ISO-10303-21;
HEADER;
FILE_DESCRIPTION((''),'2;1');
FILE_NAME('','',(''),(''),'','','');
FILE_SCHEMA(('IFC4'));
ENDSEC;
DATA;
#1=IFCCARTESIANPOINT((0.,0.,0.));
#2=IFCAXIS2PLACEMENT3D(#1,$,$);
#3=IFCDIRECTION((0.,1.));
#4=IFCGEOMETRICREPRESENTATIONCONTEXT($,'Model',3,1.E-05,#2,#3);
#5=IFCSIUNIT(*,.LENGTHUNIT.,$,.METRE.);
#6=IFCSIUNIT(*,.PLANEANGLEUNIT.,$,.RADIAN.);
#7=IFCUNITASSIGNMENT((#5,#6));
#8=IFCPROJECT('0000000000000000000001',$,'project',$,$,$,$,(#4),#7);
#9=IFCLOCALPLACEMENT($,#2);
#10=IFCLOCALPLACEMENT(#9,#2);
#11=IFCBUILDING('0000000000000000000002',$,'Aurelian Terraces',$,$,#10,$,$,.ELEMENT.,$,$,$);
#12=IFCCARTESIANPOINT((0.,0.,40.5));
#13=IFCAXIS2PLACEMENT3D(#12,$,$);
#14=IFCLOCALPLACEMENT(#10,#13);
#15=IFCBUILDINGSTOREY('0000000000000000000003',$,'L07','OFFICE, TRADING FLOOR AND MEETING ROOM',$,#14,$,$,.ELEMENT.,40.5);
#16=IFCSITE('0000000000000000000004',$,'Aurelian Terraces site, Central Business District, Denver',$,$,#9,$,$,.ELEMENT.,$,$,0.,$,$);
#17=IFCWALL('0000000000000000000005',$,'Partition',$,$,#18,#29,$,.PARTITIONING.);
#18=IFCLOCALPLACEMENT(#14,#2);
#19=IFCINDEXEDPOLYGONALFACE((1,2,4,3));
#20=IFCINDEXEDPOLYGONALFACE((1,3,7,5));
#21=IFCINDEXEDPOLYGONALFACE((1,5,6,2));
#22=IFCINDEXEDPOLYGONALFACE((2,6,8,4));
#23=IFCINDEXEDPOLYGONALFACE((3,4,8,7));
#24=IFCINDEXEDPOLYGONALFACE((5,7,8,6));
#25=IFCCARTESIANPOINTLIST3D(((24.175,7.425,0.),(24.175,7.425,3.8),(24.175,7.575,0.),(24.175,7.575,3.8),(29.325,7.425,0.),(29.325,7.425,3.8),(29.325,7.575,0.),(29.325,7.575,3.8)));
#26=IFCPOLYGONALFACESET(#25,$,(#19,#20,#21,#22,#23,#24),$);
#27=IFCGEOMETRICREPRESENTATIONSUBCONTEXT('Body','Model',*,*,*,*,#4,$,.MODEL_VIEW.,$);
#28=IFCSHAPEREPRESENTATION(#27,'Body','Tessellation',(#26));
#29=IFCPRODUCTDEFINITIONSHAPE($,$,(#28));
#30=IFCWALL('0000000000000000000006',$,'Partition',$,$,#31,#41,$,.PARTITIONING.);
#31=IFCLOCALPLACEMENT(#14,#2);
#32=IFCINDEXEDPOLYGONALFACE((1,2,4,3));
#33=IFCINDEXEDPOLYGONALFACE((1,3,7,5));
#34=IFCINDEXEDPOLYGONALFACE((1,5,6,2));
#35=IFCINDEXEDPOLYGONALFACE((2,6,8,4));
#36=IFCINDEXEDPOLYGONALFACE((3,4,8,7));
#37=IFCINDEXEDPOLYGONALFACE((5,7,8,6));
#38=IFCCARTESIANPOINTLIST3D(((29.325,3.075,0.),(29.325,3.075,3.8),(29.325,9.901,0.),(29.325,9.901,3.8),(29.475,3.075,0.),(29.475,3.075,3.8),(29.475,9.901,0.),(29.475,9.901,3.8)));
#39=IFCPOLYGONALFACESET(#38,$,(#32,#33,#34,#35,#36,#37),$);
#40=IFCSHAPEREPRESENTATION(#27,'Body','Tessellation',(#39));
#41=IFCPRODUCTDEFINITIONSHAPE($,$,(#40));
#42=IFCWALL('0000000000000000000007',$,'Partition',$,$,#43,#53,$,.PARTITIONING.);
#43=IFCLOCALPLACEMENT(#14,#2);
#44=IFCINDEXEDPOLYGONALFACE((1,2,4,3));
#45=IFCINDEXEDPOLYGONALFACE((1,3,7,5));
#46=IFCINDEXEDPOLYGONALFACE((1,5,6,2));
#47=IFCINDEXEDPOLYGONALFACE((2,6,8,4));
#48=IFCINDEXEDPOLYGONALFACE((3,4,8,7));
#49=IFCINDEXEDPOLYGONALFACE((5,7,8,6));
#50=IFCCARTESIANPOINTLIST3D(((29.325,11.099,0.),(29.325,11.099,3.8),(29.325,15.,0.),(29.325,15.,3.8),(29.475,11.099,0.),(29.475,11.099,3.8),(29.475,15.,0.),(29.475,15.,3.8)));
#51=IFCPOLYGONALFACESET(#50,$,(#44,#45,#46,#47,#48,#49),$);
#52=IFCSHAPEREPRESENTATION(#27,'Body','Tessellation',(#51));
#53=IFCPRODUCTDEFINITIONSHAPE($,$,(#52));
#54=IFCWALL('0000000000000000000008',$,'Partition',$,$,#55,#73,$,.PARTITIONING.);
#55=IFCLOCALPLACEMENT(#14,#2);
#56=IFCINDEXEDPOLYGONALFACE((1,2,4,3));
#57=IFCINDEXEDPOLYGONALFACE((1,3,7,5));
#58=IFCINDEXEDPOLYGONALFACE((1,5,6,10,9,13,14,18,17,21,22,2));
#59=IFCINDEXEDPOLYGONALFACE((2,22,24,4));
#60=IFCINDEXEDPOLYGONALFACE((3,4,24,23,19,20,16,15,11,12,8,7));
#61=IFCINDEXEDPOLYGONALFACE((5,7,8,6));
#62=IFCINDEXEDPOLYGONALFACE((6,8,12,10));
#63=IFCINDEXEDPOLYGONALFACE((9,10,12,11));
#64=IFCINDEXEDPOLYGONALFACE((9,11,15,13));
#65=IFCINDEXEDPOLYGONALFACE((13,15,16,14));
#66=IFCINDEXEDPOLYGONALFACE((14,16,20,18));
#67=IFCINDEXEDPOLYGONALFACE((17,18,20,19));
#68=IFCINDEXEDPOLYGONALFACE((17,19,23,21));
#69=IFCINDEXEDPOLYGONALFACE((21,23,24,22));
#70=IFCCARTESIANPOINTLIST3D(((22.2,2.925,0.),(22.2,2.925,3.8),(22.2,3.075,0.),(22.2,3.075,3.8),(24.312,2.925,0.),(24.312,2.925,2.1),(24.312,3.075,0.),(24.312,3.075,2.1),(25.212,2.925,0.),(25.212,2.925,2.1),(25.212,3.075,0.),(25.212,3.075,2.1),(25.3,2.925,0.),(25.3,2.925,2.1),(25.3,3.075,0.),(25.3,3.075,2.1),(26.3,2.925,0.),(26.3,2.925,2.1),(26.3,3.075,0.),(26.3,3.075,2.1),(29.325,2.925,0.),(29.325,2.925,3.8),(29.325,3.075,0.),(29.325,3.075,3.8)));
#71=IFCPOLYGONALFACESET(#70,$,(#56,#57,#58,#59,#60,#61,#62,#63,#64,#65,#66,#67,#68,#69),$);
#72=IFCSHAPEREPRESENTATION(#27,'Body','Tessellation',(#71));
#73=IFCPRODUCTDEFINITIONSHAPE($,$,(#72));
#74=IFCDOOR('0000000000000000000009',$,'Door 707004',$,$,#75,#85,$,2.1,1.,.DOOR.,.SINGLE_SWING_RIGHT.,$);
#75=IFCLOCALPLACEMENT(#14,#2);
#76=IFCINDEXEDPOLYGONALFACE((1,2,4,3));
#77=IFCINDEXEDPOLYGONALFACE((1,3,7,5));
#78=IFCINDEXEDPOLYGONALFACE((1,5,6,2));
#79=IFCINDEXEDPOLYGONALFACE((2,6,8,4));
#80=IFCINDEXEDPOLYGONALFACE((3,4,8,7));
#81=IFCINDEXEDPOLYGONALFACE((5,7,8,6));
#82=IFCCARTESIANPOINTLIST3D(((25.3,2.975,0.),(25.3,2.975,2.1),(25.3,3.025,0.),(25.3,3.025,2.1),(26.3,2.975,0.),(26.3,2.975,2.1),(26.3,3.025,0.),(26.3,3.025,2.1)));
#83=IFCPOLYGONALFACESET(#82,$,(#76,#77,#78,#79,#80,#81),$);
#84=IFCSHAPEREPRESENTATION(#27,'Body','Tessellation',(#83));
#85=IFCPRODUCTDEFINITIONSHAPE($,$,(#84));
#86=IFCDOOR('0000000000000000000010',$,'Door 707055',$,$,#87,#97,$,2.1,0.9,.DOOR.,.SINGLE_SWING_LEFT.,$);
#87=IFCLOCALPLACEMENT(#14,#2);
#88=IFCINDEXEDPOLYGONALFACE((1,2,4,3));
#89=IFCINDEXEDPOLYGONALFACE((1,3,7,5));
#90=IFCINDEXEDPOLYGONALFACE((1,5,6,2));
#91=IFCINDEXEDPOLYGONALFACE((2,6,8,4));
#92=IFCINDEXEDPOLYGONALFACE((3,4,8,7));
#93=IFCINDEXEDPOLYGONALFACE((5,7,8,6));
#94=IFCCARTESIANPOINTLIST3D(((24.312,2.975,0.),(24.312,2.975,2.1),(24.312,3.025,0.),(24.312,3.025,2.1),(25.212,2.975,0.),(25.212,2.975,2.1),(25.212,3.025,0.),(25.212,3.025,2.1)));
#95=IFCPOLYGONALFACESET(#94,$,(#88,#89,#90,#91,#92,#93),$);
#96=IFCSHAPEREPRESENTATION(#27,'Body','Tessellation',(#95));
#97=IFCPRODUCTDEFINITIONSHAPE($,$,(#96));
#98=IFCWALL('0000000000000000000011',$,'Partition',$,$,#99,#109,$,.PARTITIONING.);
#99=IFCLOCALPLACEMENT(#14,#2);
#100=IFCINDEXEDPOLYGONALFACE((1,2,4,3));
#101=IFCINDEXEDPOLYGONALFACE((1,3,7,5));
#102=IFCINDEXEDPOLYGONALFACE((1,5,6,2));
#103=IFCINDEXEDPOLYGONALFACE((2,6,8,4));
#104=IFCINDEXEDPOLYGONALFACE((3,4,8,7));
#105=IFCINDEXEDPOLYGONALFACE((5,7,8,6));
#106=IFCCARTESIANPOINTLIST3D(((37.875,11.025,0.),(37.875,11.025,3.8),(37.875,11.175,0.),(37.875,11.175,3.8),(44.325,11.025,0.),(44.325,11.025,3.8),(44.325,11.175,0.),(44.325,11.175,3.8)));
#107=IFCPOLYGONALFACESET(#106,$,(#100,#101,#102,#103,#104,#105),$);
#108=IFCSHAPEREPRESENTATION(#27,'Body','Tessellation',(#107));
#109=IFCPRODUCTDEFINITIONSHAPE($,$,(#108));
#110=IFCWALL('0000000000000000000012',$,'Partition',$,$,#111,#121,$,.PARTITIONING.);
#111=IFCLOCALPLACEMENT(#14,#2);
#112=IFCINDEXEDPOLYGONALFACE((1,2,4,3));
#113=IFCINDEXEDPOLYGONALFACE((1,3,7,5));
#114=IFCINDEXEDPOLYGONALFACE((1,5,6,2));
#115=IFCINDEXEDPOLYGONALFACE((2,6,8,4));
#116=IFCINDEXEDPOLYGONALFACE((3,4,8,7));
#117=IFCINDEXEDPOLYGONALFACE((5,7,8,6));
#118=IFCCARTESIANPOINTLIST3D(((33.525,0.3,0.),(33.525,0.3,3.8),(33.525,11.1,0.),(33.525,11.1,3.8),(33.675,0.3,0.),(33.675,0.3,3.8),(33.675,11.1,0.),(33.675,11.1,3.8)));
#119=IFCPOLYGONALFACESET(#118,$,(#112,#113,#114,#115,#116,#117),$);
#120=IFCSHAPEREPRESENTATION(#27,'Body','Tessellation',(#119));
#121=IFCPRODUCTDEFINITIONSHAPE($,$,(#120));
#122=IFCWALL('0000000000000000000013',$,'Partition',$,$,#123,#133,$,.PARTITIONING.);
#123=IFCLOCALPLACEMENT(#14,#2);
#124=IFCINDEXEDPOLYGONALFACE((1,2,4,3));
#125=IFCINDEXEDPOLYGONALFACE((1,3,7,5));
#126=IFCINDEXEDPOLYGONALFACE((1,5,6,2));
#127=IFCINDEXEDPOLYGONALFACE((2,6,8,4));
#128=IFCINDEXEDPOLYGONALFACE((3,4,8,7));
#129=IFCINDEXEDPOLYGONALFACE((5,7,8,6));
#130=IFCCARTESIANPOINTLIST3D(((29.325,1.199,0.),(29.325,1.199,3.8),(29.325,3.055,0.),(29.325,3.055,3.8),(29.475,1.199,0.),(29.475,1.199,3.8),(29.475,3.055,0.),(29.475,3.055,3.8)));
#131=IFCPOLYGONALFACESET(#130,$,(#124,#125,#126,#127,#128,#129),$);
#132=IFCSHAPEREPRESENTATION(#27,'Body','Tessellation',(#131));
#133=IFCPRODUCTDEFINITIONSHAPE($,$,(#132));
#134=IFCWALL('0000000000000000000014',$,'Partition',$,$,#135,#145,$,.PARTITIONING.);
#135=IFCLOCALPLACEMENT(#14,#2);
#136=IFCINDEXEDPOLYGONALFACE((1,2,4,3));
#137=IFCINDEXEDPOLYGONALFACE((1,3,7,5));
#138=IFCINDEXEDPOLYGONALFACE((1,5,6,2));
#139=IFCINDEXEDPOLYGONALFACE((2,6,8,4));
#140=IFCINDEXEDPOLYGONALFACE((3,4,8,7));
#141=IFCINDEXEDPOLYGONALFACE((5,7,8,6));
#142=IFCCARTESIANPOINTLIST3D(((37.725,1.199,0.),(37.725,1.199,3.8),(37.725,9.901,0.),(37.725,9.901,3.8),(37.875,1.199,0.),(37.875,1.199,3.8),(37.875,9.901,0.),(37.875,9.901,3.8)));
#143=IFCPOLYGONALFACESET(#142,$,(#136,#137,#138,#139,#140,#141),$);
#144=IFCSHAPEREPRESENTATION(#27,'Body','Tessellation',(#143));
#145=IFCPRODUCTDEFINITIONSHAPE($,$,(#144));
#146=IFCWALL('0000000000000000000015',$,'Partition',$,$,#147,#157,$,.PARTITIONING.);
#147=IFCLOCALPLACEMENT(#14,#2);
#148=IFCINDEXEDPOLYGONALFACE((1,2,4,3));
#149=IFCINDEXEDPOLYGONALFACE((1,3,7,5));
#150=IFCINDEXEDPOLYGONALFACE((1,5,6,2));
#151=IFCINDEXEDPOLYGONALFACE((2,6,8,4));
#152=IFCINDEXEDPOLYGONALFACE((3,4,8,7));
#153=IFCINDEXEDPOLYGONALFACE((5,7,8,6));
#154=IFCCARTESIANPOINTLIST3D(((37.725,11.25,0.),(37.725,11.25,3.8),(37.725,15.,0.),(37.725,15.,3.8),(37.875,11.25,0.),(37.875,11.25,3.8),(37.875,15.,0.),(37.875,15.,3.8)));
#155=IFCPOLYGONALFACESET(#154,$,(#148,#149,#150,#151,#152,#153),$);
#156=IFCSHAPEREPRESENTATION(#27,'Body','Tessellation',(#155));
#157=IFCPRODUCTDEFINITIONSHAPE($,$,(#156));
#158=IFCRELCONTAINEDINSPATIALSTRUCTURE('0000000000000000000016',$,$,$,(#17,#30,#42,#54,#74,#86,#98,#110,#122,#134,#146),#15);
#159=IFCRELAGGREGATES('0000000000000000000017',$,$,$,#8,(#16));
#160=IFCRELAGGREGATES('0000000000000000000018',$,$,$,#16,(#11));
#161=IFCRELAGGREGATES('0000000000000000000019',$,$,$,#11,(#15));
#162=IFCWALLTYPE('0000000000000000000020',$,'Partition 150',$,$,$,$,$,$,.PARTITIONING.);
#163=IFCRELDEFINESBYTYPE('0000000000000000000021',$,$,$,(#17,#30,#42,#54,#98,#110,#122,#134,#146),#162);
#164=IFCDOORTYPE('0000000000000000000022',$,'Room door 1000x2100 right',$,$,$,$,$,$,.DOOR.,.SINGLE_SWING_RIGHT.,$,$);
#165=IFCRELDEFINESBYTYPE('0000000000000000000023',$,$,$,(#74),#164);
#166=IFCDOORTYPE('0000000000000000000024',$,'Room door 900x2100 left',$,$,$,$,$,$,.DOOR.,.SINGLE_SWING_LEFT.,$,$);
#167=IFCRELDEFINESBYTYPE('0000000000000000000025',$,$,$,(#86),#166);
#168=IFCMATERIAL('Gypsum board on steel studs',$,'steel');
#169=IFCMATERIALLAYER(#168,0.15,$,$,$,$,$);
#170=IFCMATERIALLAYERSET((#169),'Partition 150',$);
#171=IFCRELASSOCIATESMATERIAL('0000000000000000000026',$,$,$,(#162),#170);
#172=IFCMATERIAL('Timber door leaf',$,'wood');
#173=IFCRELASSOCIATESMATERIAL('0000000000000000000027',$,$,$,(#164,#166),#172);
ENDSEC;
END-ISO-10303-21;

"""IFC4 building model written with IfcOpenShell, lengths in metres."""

from ifc_helpers import new_model, si_unit, direction, frame, frame_2d, origin, place, context, subcontext, project, spatial, rectangle, extrude, source, transform, mapped, material, layer, layer_set, type_object, element, fill, save


model = new_model("IFC4")

# Units and contexts
model_context = context("Model", 3, precision=1e-05, world=origin(), true_north=direction((0.0, 1.0)))
body_context = subcontext(model_context, "Body", "Model", "MODEL_VIEW")
ifc_project = project(units=[si_unit("LENGTHUNIT", "METRE"), si_unit("PLANEANGLEUNIT", "RADIAN")], contexts=[model_context])

# Site, building, storey
site_placement = place(None, origin())
site = spatial("IfcSite", under=ifc_project, at=site_placement, Name="Aurelian Terraces site, Central Business District, Denver", CompositionType="ELEMENT", RefElevation=0.0)
building_placement = place(site_placement, origin())
building = spatial("IfcBuilding", under=site, at=building_placement, Name="Aurelian Terraces", CompositionType="ELEMENT")
storey_placement = place(building_placement, frame((0.0, 0.0, 40.5)))
storey = spatial("IfcBuildingStorey", under=building, at=storey_placement, Name="L07", Description="OFFICE, TRADING FLOOR AND MEETING ROOM", CompositionType="ELEMENT", Elevation=40.5)

# Walls
ifc_material_1 = material(Name="Gypsum board on steel studs", Category="steel")
ifc_layer_1 = layer(ifc_material_1, 0.15)
ifc_layer_set_1 = layer_set([ifc_layer_1], Name="Partition 150")
wall_type_1 = type_object("IfcWallType", Name="Partition 150", PredefinedType="PARTITIONING", material=ifc_layer_set_1)
wall_1_placement = place(storey_placement, frame((29.325, 7.5, 0.0), z_axis=(0.0, 0.0, 1.0), x_axis=(-1.0, 0.0, 0.0)))
element("IfcWall", 1, at=wall_1_placement, inside=storey, type_object=wall_type_1, Name="Partition", PredefinedType="PARTITIONING", context=body_context, shape_type="SweptSolid", body=[
    extrude(rectangle(XDim=5.15, YDim=0.15, at=frame_2d((2.575, 0.0))), origin(), (0.0, 0.0, 1.0), 3.8),
])
wall_2_placement = place(storey_placement, frame((29.4, 3.075, 0.0), z_axis=(0.0, 0.0, 1.0), x_axis=(0.0, 1.0, 0.0)))
element("IfcWall", 2, at=wall_2_placement, inside=storey, type_object=wall_type_1, Name="Partition", PredefinedType="PARTITIONING", context=body_context, shape_type="SweptSolid", body=[
    extrude(rectangle(XDim=6.826, YDim=0.15, at=frame_2d((3.413, 0.0))), origin(), (0.0, 0.0, 1.0), 3.8),
])
wall_3_placement = place(storey_placement, frame((29.4, 11.099, 0.0), z_axis=(0.0, 0.0, 1.0), x_axis=(0.0, 1.0, 0.0)))
element("IfcWall", 3, at=wall_3_placement, inside=storey, type_object=wall_type_1, Name="Partition", PredefinedType="PARTITIONING", context=body_context, shape_type="SweptSolid", body=[
    extrude(rectangle(XDim=3.901, YDim=0.15, at=frame_2d((1.9505, 0.0))), origin(), (0.0, 0.0, 1.0), 3.8),
])

# Wall, openings, doors
wall_4_placement = place(storey_placement, frame((22.2, 3.0, 0.0), z_axis=(0.0, 0.0, 1.0), x_axis=(1.0, 0.0, 0.0)))
wall_4 = element("IfcWall", 4, at=wall_4_placement, inside=storey, type_object=wall_type_1, Name="Partition", PredefinedType="PARTITIONING", context=body_context, shape_type="SweptSolid", body=[
    extrude(rectangle(XDim=7.125, YDim=0.15, at=frame_2d((3.5625, 0.0))), origin(), (0.0, 0.0, 1.0), 3.8),
])
opening_1_placement = place(wall_4_placement, frame((3.1, 0.0, 0.0)))
opening_1 = element("IfcOpeningElement", 5, at=opening_1_placement, cuts=wall_4, PredefinedType="OPENING", context=body_context, shape_type="SweptSolid", body=[
    extrude(rectangle(XDim=1.0, YDim=2.1, at=frame_2d((0.5, 1.05))), frame((0.0, 0.085, 0.0), z_axis=(0.0, -1.0, 0.0), x_axis=(1.0, 0.0, 0.0)), (0.0, 0.0, 1.0), 0.17),
])
shared_shape_1 = source(origin(), body_context, "Body", "SweptSolid", [
    extrude(rectangle(XDim=0.9, YDim=2.1, at=frame_2d((0.45, 1.05))), frame((0.0, 0.085, 0.0), z_axis=(0.0, -1.0, 0.0), x_axis=(1.0, 0.0, 0.0)), (0.0, 0.0, 1.0), 0.17),
])
opening_2_placement = place(wall_4_placement, frame((2.112, 0.0, 0.0)))
opening_2 = element("IfcOpeningElement", 6, at=opening_2_placement, cuts=wall_4, PredefinedType="OPENING", context=body_context, shape_type="MappedRepresentation", body=[
    mapped(shared_shape_1, transform((0.0, 0.0, 0.0), scale=1.0)),
])
ifc_material_2 = material(Name="Timber door leaf", Category="wood")
door_type_1 = type_object("IfcDoorType", Name="Room door 1000x2100 right", OperationType="SINGLE_SWING_RIGHT", PredefinedType="DOOR", material=ifc_material_2)
shared_shape_2 = source(origin(), body_context, "Body", "SweptSolid", [
    extrude(rectangle(XDim=1.0, YDim=2.1, at=frame_2d((0.5, 1.05))), frame((0.0, 0.025, 0.0), z_axis=(0.0, -1.0, 0.0), x_axis=(1.0, 0.0, 0.0)), (0.0, 0.0, 1.0), 0.05),
])
door_1_placement = place(opening_1_placement, origin())
door_1 = element("IfcDoor", 7, at=door_1_placement, inside=storey, type_object=door_type_1, Name="Door 707004", OperationType="SINGLE_SWING_RIGHT", OverallHeight=2.1, OverallWidth=1.0, PredefinedType="DOOR", context=body_context, shape_type="MappedRepresentation", body=[
    mapped(shared_shape_2, transform((0.0, 0.0, 0.0), scale=1.0)),
])
fill(opening_1, door_1)
door_type_2 = type_object("IfcDoorType", Name="Room door 900x2100 left", OperationType="SINGLE_SWING_LEFT", PredefinedType="DOOR", material=ifc_material_2)
shared_shape_3 = source(origin(), body_context, "Body", "SweptSolid", [
    extrude(rectangle(XDim=0.9, YDim=2.1, at=frame_2d((0.45, 1.05))), frame((0.0, 0.025, 0.0), z_axis=(0.0, -1.0, 0.0), x_axis=(1.0, 0.0, 0.0)), (0.0, 0.0, 1.0), 0.05),
])
door_2_placement = place(opening_2_placement, origin())
door_2 = element("IfcDoor", 8, at=door_2_placement, inside=storey, type_object=door_type_2, Name="Door 707055", OperationType="SINGLE_SWING_LEFT", OverallHeight=2.1, OverallWidth=0.9, PredefinedType="DOOR", context=body_context, shape_type="MappedRepresentation", body=[
    mapped(shared_shape_3, transform((0.0, 0.0, 0.0), scale=1.0)),
])
fill(opening_2, door_2)

# Walls
wall_5_placement = place(storey_placement, frame((37.875, 11.1, 0.0), z_axis=(0.0, 0.0, 1.0), x_axis=(1.0, 0.0, 0.0)))
element("IfcWall", 9, at=wall_5_placement, inside=storey, type_object=wall_type_1, Name="Partition", PredefinedType="PARTITIONING", context=body_context, shape_type="SweptSolid", body=[
    extrude(rectangle(XDim=6.45, YDim=0.15, at=frame_2d((3.225, 0.0))), origin(), (0.0, 0.0, 1.0), 3.8),
])
wall_6_placement = place(storey_placement, frame((33.6, 0.3, 0.0), z_axis=(0.0, 0.0, 1.0), x_axis=(0.0, 1.0, 0.0)))
element("IfcWall", 10, at=wall_6_placement, inside=storey, type_object=wall_type_1, Name="Partition", PredefinedType="PARTITIONING", context=body_context, shape_type="SweptSolid", body=[
    extrude(rectangle(XDim=10.8, YDim=0.15, at=frame_2d((5.4, 0.0))), origin(), (0.0, 0.0, 1.0), 3.8),
])
wall_7_placement = place(storey_placement, frame((29.4, 1.199, 0.0), z_axis=(0.0, 0.0, 1.0), x_axis=(0.0, 1.0, 0.0)))
element("IfcWall", 11, at=wall_7_placement, inside=storey, type_object=wall_type_1, Name="Partition", PredefinedType="PARTITIONING", context=body_context, shape_type="SweptSolid", body=[
    extrude(rectangle(XDim=1.856, YDim=0.15, at=frame_2d((0.928, 0.0))), origin(), (0.0, 0.0, 1.0), 3.8),
])
wall_8_placement = place(storey_placement, frame((37.8, 1.199, 0.0), z_axis=(0.0, 0.0, 1.0), x_axis=(0.0, 1.0, 0.0)))
element("IfcWall", 12, at=wall_8_placement, inside=storey, type_object=wall_type_1, Name="Partition", PredefinedType="PARTITIONING", context=body_context, shape_type="SweptSolid", body=[
    extrude(rectangle(XDim=8.702, YDim=0.15, at=frame_2d((4.351, 0.0))), origin(), (0.0, 0.0, 1.0), 3.8),
])
wall_9_placement = place(storey_placement, frame((37.8, 11.25, 0.0), z_axis=(0.0, 0.0, 1.0), x_axis=(0.0, 1.0, 0.0)))
element("IfcWall", 13, at=wall_9_placement, inside=storey, type_object=wall_type_1, Name="Partition", PredefinedType="PARTITIONING", context=body_context, shape_type="SweptSolid", body=[
    extrude(rectangle(XDim=3.75, YDim=0.15, at=frame_2d((1.875, 0.0))), origin(), (0.0, 0.0, 1.0), 3.8),
])

save(model, "model.ifc")
